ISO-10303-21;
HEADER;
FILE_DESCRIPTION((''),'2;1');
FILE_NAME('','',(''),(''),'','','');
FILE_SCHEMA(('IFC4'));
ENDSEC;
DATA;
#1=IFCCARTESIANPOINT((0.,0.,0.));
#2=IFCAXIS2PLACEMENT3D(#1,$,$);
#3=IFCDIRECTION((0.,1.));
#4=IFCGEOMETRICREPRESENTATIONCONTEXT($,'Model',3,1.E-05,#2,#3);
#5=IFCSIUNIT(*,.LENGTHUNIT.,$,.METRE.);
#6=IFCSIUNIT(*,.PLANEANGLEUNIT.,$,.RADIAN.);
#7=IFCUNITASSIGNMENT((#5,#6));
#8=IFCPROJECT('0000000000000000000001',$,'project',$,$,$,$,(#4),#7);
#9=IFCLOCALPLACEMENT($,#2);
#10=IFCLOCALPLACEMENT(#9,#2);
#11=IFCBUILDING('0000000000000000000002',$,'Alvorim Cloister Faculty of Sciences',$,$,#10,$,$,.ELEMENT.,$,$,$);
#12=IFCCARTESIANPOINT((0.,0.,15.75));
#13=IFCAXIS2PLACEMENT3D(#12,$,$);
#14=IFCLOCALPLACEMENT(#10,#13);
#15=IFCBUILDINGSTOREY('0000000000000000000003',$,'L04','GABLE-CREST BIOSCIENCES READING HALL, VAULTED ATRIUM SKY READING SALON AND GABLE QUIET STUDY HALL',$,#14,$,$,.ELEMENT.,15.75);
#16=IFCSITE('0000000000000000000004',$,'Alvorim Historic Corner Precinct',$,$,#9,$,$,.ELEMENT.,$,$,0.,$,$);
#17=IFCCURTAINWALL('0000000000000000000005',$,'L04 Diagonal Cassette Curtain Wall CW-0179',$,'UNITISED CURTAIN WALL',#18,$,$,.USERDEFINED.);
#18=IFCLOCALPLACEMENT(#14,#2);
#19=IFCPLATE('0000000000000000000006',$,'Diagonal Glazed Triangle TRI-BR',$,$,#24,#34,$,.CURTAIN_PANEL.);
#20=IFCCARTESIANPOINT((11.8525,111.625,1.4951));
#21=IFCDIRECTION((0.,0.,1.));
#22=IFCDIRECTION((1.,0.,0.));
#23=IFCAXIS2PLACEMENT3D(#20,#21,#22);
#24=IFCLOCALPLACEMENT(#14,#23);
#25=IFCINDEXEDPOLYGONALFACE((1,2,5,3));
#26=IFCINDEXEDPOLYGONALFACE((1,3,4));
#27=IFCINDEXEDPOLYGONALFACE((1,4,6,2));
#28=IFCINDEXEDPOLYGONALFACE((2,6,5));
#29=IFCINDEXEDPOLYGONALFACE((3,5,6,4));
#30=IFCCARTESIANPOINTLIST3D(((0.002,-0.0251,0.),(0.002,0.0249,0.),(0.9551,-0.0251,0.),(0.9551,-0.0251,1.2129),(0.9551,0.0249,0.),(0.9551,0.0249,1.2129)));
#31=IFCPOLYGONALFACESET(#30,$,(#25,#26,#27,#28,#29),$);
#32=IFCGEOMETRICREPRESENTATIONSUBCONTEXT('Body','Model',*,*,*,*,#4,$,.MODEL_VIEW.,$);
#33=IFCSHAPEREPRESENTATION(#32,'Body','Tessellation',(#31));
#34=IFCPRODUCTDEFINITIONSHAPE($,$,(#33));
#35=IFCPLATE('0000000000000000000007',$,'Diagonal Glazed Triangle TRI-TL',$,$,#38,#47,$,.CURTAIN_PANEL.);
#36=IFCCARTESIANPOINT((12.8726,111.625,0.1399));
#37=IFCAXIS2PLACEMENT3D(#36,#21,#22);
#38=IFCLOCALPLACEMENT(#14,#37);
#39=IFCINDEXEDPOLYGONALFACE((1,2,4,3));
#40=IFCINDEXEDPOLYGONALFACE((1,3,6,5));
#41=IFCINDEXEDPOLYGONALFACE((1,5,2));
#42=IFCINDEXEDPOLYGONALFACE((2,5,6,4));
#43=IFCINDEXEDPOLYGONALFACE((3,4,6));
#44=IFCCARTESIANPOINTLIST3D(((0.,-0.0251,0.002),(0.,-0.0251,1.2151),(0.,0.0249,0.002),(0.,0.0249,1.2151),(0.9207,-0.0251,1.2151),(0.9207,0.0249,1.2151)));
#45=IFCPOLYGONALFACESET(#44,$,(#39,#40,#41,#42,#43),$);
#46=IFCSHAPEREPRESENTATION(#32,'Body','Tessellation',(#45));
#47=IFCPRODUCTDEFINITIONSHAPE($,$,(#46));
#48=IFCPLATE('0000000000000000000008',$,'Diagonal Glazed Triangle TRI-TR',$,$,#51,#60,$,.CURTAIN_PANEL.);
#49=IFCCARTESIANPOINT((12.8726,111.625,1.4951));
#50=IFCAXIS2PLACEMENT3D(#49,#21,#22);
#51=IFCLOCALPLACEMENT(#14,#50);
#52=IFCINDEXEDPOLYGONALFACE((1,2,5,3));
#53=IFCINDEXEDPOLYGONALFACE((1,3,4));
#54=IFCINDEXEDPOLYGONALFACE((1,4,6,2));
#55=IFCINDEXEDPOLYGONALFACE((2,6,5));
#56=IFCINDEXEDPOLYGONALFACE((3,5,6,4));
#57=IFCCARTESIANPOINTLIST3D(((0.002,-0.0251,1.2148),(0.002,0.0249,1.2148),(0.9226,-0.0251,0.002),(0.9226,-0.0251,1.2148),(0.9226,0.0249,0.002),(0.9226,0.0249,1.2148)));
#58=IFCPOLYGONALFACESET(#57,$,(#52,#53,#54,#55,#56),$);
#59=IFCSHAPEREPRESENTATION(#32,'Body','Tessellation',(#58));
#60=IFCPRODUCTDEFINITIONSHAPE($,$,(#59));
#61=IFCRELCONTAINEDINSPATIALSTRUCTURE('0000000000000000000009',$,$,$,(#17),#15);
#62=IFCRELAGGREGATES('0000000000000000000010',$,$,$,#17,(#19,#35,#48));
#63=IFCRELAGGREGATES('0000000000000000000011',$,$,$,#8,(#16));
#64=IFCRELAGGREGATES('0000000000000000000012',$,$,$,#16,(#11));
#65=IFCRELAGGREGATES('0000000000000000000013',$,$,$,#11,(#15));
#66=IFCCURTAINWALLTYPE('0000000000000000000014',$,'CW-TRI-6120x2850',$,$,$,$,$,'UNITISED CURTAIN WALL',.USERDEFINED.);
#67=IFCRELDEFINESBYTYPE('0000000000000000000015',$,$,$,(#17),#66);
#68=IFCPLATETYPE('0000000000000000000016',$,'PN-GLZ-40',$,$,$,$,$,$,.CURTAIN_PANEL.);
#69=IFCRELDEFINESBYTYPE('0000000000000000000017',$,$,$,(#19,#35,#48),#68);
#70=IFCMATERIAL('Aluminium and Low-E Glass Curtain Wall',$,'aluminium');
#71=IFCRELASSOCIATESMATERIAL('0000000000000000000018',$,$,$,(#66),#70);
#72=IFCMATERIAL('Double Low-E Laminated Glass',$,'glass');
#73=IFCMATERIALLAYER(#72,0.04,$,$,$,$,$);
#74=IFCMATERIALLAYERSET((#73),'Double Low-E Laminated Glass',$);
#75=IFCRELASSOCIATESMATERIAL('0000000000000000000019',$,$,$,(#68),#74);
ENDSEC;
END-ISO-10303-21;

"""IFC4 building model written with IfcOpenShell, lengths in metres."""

from ifc_helpers import new_model, si_unit, direction, frame, origin, place, context, subcontext, project, spatial, polyline, outline, extrude, material, layer, layer_set, type_object, element, aggregate, save


model = new_model("IFC4")

# Units and contexts
model_context = context("Model", 3, precision=1e-05, world=origin(), true_north=direction((0.0, 1.0)))
body_context = subcontext(model_context, "Body", "Model", "MODEL_VIEW")
ifc_project = project(units=[si_unit("LENGTHUNIT", "METRE"), si_unit("PLANEANGLEUNIT", "RADIAN")], contexts=[model_context])

# Site, building, storey
site_placement = place(None, origin())
site = spatial("IfcSite", under=ifc_project, at=site_placement, Name="Alvorim Historic Corner Precinct", CompositionType="ELEMENT", RefElevation=0.0)
building_placement = place(site_placement, origin())
building = spatial("IfcBuilding", under=site, at=building_placement, Name="Alvorim Cloister Faculty of Sciences", CompositionType="ELEMENT")
storey_placement = place(building_placement, frame((0.0, 0.0, 15.75)))
storey = spatial("IfcBuildingStorey", under=building, at=storey_placement, Name="L04", Description="GABLE-CREST BIOSCIENCES READING HALL, VAULTED ATRIUM SKY READING SALON AND GABLE QUIET STUDY HALL", CompositionType="ELEMENT", Elevation=15.75)

# Curtain wall
ifc_material_1 = material(Name="Aluminium and Low-E Glass Curtain Wall", Category="aluminium")
curtain_wall_type = type_object("IfcCurtainWallType", Name="CW-TRI-6120x2850", ElementType="UNITISED CURTAIN WALL", PredefinedType="USERDEFINED", material=ifc_material_1)
curtain_wall_1_placement = place(storey_placement, origin())
curtain_wall_1 = element("IfcCurtainWall", 1, at=curtain_wall_1_placement, inside=storey, type_object=curtain_wall_type, Name="L04 Diagonal Cassette Curtain Wall CW-0179", ObjectType="UNITISED CURTAIN WALL", PredefinedType="USERDEFINED")

# Plates
ifc_material_2 = material(Name="Double Low-E Laminated Glass", Category="glass")
ifc_layer_1 = layer(ifc_material_2, 0.04)
ifc_layer_set_1 = layer_set([ifc_layer_1], Name="Double Low-E Laminated Glass")
plate_type = type_object("IfcPlateType", Name="PN-GLZ-40", PredefinedType="CURTAIN_PANEL", material=ifc_layer_set_1)
plate_1_placement = place(storey_placement, frame((11.8525, 111.625, 1.4951), z_axis=(0.0, 0.0, 1.0), x_axis=(1.0, 0.0, 0.0)))
plate_1 = element("IfcPlate", 2, at=plate_1_placement, type_object=plate_type, Name="Diagonal Glazed Triangle TRI-BR", PredefinedType="CURTAIN_PANEL", context=body_context, shape_type="SweptSolid", body=[
    extrude(outline(polyline([(0.002, 0.0), (0.9551, 0.0), (0.9551, 1.2129), (0.002, 0.0)])), frame((0.0, 0.0249, 0.0), z_axis=(0.0, -1.0, 0.0), x_axis=(1.0, 0.0, 0.0)), (0.0, 0.0, 1.0), 0.05),
])
plate_2_placement = place(storey_placement, frame((12.8726, 111.625, 0.1399), z_axis=(0.0, 0.0, 1.0), x_axis=(1.0, 0.0, 0.0)))
plate_2 = element("IfcPlate", 3, at=plate_2_placement, type_object=plate_type, Name="Diagonal Glazed Triangle TRI-TL", PredefinedType="CURTAIN_PANEL", context=body_context, shape_type="SweptSolid", body=[
    extrude(outline(polyline([(0.9207, 1.2151), (0.0, 1.2151), (0.0, 0.002), (0.9207, 1.2151)])), frame((0.0, 0.0249, 0.0), z_axis=(0.0, -1.0, 0.0), x_axis=(1.0, 0.0, 0.0)), (0.0, 0.0, 1.0), 0.05),
])
plate_3_placement = place(storey_placement, frame((12.8726, 111.625, 1.4951), z_axis=(0.0, 0.0, 1.0), x_axis=(1.0, 0.0, 0.0)))
plate_3 = element("IfcPlate", 4, at=plate_3_placement, type_object=plate_type, Name="Diagonal Glazed Triangle TRI-TR", PredefinedType="CURTAIN_PANEL", context=body_context, shape_type="SweptSolid", body=[
    extrude(outline(polyline([(0.9226, 0.002), (0.9226, 1.2148), (0.002, 1.2148), (0.9226, 0.002)])), frame((0.0, 0.0249, 0.0), z_axis=(0.0, -1.0, 0.0), x_axis=(1.0, 0.0, 0.0)), (0.0, 0.0, 1.0), 0.05),
])
aggregate(curtain_wall_1, [plate_1, plate_2, plate_3])

save(model, "model.ifc")
